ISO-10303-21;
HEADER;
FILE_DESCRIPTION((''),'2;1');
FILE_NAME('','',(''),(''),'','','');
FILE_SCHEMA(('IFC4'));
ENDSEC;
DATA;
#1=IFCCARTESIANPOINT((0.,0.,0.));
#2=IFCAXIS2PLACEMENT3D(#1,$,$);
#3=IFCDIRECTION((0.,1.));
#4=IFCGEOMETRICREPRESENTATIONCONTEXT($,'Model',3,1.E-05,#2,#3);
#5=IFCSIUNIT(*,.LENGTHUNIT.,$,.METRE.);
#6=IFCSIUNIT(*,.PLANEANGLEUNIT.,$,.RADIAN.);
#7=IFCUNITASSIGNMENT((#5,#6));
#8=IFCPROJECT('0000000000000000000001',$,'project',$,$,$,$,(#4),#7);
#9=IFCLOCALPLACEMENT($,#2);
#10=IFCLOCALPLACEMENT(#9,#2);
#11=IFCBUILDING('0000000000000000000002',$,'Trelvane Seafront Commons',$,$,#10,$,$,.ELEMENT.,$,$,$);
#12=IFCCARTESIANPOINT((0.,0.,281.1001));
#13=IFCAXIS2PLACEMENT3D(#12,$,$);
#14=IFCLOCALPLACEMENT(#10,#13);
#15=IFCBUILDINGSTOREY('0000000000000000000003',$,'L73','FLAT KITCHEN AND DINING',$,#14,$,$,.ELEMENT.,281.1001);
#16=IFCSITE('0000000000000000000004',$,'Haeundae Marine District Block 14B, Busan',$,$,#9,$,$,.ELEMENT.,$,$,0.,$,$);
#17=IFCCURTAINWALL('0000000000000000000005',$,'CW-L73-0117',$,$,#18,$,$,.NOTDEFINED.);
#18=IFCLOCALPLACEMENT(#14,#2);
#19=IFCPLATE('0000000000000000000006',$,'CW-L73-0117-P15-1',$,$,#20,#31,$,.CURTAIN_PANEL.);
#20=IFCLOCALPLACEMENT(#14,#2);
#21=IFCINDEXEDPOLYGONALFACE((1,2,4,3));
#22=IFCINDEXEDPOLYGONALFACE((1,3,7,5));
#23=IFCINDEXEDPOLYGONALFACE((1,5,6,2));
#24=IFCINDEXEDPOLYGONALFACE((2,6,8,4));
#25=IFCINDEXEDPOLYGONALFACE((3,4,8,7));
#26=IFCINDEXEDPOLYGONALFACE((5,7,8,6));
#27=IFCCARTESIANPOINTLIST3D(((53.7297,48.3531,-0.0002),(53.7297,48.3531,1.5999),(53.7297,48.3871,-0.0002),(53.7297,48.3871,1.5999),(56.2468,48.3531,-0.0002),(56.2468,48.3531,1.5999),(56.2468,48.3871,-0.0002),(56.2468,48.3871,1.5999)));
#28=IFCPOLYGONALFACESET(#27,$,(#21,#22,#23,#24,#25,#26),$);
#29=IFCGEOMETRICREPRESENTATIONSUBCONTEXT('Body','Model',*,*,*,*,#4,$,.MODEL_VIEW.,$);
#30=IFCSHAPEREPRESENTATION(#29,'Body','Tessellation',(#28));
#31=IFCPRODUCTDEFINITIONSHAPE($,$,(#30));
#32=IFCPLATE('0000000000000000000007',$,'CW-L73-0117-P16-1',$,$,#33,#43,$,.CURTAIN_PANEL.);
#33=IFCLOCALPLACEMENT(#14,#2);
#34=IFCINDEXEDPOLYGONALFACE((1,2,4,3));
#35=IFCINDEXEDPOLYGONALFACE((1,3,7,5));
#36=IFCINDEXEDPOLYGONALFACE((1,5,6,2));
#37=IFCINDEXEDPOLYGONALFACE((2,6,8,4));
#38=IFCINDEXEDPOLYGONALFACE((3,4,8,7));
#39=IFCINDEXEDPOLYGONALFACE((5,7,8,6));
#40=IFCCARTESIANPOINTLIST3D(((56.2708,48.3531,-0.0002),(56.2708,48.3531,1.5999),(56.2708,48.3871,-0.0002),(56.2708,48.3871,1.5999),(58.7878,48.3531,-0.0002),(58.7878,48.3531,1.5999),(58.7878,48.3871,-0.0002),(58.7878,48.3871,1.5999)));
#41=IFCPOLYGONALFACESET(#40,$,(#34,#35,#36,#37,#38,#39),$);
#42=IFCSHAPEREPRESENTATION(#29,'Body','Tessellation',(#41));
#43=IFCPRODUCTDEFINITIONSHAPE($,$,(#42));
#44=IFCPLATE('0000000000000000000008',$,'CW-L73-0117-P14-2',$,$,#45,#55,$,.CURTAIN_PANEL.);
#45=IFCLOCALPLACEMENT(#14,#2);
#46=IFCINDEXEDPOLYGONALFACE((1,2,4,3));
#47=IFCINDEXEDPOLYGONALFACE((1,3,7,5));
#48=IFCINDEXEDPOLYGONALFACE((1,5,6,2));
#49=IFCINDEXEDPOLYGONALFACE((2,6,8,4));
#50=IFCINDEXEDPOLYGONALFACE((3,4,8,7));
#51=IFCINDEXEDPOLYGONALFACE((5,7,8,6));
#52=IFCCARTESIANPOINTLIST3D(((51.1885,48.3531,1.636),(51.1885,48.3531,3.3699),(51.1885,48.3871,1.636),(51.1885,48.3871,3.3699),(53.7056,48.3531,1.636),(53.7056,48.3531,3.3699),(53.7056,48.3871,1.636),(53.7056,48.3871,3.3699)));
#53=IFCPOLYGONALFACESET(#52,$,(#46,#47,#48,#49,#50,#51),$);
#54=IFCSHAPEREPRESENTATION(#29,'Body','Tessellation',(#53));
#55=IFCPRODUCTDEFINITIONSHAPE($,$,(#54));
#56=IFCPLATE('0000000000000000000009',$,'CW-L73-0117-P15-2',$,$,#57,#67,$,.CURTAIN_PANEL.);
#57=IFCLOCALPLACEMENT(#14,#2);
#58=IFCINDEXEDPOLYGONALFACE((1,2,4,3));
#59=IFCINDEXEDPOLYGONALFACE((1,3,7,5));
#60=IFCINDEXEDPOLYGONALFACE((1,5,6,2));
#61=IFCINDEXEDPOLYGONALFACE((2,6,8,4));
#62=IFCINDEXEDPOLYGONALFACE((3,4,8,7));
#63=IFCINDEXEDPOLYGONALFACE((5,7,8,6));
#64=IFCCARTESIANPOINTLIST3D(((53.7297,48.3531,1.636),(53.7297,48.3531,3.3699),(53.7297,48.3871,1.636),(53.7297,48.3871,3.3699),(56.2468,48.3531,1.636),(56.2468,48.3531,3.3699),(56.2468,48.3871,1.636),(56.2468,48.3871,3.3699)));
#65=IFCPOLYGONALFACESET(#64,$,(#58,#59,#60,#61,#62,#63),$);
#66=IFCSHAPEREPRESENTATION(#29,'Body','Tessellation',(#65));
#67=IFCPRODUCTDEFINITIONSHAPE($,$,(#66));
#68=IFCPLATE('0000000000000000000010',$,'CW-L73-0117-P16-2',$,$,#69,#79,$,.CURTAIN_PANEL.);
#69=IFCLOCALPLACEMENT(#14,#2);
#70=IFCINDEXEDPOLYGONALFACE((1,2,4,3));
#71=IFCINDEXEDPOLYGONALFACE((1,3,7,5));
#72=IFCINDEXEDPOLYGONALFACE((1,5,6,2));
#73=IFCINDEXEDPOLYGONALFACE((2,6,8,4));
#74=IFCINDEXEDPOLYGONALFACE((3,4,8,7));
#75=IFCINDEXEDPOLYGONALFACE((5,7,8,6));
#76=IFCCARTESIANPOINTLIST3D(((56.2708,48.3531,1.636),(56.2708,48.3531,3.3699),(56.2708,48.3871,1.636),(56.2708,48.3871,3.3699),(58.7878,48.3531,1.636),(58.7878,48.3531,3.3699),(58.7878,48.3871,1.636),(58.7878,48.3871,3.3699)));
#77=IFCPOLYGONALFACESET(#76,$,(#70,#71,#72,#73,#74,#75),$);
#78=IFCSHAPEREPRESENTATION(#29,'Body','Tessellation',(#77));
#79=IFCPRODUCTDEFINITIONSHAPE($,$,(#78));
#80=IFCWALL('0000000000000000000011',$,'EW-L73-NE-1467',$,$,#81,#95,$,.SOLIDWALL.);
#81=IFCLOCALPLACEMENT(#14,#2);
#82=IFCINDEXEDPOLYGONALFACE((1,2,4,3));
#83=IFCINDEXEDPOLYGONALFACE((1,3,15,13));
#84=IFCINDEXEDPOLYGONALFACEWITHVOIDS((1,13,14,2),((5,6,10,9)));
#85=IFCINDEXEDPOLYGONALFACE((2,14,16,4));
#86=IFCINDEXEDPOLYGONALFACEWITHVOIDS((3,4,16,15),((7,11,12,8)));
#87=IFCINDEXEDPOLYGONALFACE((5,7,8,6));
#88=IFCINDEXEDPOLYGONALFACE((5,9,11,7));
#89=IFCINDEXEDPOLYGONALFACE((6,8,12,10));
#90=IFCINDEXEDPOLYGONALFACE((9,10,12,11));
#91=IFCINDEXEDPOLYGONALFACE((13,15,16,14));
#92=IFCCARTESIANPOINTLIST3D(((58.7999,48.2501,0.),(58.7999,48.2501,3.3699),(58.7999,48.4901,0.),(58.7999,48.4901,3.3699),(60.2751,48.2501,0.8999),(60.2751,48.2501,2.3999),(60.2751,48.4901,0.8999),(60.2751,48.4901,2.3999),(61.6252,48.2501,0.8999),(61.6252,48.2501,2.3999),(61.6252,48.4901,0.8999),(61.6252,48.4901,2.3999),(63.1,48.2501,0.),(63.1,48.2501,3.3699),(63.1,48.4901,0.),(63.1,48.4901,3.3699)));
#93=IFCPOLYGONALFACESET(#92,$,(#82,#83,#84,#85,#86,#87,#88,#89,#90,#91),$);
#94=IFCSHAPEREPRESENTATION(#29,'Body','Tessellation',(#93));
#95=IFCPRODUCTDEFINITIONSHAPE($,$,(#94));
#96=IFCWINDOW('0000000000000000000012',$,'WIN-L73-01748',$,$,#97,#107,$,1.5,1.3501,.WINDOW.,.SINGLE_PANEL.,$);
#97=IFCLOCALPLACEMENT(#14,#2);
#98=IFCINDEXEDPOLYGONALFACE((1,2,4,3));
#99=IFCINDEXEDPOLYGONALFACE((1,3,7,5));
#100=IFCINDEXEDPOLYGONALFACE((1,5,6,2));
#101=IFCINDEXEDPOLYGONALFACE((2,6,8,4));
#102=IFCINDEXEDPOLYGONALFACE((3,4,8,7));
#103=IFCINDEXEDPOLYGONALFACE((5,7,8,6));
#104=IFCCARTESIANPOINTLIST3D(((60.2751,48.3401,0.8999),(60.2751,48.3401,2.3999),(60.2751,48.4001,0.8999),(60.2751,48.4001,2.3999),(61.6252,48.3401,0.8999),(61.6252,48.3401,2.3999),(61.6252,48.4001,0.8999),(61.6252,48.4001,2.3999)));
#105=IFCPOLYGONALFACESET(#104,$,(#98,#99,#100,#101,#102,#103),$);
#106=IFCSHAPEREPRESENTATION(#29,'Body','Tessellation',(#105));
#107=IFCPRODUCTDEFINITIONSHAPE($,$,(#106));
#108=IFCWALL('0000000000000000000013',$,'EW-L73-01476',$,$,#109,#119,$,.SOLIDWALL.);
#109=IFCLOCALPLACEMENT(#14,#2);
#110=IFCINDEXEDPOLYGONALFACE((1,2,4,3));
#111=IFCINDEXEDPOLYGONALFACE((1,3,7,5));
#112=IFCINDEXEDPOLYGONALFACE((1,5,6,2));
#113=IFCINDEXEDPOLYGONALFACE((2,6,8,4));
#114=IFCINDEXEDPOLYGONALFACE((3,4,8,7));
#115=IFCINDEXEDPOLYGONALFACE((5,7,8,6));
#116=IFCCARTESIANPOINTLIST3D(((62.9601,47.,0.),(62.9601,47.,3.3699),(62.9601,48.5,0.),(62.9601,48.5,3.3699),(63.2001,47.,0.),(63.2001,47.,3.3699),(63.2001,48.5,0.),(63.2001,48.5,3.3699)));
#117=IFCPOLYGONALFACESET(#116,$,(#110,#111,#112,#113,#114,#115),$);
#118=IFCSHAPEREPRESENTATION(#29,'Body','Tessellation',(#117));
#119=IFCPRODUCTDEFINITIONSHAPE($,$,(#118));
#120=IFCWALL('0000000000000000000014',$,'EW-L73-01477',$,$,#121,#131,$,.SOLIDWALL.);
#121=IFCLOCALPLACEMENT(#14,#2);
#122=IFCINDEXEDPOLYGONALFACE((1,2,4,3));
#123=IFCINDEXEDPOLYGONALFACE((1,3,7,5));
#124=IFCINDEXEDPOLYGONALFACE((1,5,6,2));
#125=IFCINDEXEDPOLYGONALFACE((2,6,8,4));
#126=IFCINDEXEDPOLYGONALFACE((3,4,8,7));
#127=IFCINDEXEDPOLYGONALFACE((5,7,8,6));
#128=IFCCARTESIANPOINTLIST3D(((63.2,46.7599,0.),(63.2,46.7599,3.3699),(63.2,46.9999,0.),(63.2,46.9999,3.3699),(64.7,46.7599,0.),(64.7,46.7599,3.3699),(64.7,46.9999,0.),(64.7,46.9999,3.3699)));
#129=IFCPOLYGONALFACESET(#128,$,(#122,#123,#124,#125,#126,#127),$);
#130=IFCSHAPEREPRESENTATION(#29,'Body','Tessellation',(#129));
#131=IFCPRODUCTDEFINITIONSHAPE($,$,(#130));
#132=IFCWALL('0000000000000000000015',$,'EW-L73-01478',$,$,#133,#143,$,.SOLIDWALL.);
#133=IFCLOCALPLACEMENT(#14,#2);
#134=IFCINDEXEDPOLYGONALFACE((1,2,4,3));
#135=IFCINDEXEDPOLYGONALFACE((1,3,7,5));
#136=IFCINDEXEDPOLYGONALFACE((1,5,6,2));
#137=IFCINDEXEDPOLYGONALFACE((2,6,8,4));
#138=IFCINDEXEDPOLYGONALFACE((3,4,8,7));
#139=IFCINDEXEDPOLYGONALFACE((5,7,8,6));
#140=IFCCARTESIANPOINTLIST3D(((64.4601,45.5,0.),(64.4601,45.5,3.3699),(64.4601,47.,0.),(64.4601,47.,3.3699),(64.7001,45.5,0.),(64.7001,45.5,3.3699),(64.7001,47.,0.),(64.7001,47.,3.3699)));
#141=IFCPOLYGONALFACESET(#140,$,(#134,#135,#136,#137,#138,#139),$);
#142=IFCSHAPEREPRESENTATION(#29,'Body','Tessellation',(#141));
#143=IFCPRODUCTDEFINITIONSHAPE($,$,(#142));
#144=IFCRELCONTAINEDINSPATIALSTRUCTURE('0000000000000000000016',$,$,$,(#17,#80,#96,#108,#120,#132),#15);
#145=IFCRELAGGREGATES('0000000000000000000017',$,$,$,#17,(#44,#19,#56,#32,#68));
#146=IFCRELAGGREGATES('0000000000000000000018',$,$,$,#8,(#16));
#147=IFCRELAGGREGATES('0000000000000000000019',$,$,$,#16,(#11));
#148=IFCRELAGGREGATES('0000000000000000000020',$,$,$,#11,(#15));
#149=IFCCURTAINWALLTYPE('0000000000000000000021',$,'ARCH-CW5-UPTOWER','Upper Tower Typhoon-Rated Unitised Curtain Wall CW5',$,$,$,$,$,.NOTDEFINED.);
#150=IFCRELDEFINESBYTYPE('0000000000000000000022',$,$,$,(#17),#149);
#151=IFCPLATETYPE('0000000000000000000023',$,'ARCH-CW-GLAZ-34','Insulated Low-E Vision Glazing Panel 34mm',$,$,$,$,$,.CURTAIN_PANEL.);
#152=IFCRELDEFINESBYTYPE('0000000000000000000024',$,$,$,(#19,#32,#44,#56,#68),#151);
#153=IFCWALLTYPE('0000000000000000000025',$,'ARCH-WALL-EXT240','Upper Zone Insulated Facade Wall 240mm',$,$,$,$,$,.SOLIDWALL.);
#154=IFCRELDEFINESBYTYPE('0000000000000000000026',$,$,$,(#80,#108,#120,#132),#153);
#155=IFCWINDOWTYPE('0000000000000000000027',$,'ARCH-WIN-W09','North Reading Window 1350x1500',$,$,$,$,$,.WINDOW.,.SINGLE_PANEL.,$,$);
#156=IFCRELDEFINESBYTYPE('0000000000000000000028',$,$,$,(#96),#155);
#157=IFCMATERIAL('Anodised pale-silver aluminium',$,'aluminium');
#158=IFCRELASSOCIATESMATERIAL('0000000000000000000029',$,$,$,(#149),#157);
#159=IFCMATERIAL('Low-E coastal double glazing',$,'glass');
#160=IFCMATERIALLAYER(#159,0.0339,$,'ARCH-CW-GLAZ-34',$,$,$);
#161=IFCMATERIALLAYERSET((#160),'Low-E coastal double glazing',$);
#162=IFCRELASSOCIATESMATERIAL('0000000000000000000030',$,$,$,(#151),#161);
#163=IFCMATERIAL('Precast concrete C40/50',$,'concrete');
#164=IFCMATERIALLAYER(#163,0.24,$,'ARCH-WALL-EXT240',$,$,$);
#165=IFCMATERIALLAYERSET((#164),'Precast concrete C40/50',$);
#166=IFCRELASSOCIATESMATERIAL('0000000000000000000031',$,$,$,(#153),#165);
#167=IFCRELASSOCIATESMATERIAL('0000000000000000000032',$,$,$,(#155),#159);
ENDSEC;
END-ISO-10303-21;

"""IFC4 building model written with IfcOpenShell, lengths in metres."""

from ifc_helpers import new_model, si_unit, direction, frame, frame_2d, origin, origin_2d, place, context, subcontext, project, spatial, rectangle, extrude, source, transform, mapped, material, layer, layer_set, type_object, element, fill, aggregate, save


model = new_model("IFC4")

# Units and contexts
model_context = context("Model", 3, precision=1e-05, world=origin(), true_north=direction((0.0, 1.0)))
body_context = subcontext(model_context, "Body", "Model", "MODEL_VIEW")
ifc_project = project(units=[si_unit("LENGTHUNIT", "METRE"), si_unit("PLANEANGLEUNIT", "RADIAN")], contexts=[model_context])

# Site, building, storey
site_placement = place(None, origin())
site = spatial("IfcSite", under=ifc_project, at=site_placement, Name="Haeundae Marine District Block 14B, Busan", CompositionType="ELEMENT", RefElevation=0.0)
building_placement = place(site_placement, origin())
building = spatial("IfcBuilding", under=site, at=building_placement, Name="Trelvane Seafront Commons", CompositionType="ELEMENT")
storey_placement = place(building_placement, frame((0.0, 0.0, 281.1001)))
storey = spatial("IfcBuildingStorey", under=building, at=storey_placement, Name="L73", Description="FLAT KITCHEN AND DINING", CompositionType="ELEMENT", Elevation=281.1001)

# Curtain wall
ifc_material_1 = material(Name="Anodised pale-silver aluminium", Category="aluminium")
curtain_wall_type = type_object("IfcCurtainWallType", Name="ARCH-CW5-UPTOWER", Description="Upper Tower Typhoon-Rated Unitised Curtain Wall CW5", PredefinedType="NOTDEFINED", material=ifc_material_1)
curtain_wall_placement = place(storey_placement, origin())
curtain_wall = element("IfcCurtainWall", 1, at=curtain_wall_placement, inside=storey, type_object=curtain_wall_type, Name="CW-L73-0117", PredefinedType="NOTDEFINED")

# Plates
ifc_material_2 = material(Name="Low-E coastal double glazing", Category="glass")
ifc_layer_1 = layer(ifc_material_2, 0.0339, Name="ARCH-CW-GLAZ-34")
ifc_layer_set_1 = layer_set([ifc_layer_1], Name="Low-E coastal double glazing")
plate_type_1 = type_object("IfcPlateType", Name="ARCH-CW-GLAZ-34", Description="Insulated Low-E Vision Glazing Panel 34mm", PredefinedType="CURTAIN_PANEL", material=ifc_layer_set_1)
shared_shape_1 = source(origin(), body_context, "Body", "SweptSolid", [
    extrude(rectangle(XDim=2.5171, YDim=0.0339, at=origin_2d()), origin(), (0.0, 0.0, 1.0), 1.6001),
])
plate_1_placement = place(storey_placement, frame((54.9883, 48.3701, -0.0002), z_axis=(0.0, 0.0, 1.0), x_axis=(1.0, 0.0, 0.0)))
plate_1 = element("IfcPlate", 2, at=plate_1_placement, type_object=plate_type_1, Name="CW-L73-0117-P15-1", PredefinedType="CURTAIN_PANEL", context=body_context, shape_type="MappedRepresentation", body=[
    mapped(shared_shape_1, transform((0.0, 0.0, 0.0), x_axis=(1.0, 0.0, 0.0), y_axis=(0.0, 1.0, 0.0), z_axis=(0.0, 0.0, 1.0), scale=1.0)),
])
plate_2_placement = place(storey_placement, frame((57.5293, 48.3701, -0.0002), z_axis=(0.0, 0.0, 1.0), x_axis=(1.0, 0.0, 0.0)))
plate_2 = element("IfcPlate", 3, at=plate_2_placement, type_object=plate_type_1, Name="CW-L73-0117-P16-1", PredefinedType="CURTAIN_PANEL", context=body_context, shape_type="MappedRepresentation", body=[
    mapped(shared_shape_1, transform((0.0, 0.0, 0.0), x_axis=(1.0, 0.0, 0.0), y_axis=(0.0, 1.0, 0.0), z_axis=(0.0, 0.0, 1.0), scale=1.0)),
])
shared_shape_2 = source(origin(), body_context, "Body", "SweptSolid", [
    extrude(rectangle(XDim=2.5171, YDim=0.0339, at=origin_2d()), origin(), (0.0, 0.0, 1.0), 1.7339),
])
plate_3_placement = place(storey_placement, frame((52.447, 48.3701, 1.636), z_axis=(0.0, 0.0, 1.0), x_axis=(1.0, 0.0, 0.0)))
plate_3 = element("IfcPlate", 4, at=plate_3_placement, type_object=plate_type_1, Name="CW-L73-0117-P14-2", PredefinedType="CURTAIN_PANEL", context=body_context, shape_type="MappedRepresentation", body=[
    mapped(shared_shape_2, transform((0.0, 0.0, 0.0), x_axis=(1.0, 0.0, 0.0), y_axis=(0.0, 1.0, 0.0), z_axis=(0.0, 0.0, 1.0), scale=1.0)),
])
plate_4_placement = place(storey_placement, frame((54.9883, 48.3701, 1.636), z_axis=(0.0, 0.0, 1.0), x_axis=(1.0, 0.0, 0.0)))
plate_4 = element("IfcPlate", 5, at=plate_4_placement, type_object=plate_type_1, Name="CW-L73-0117-P15-2", PredefinedType="CURTAIN_PANEL", context=body_context, shape_type="MappedRepresentation", body=[
    mapped(shared_shape_2, transform((0.0, 0.0, 0.0), x_axis=(1.0, 0.0, 0.0), y_axis=(0.0, 1.0, 0.0), z_axis=(0.0, 0.0, 1.0), scale=1.0)),
])
plate_5_placement = place(storey_placement, frame((57.5293, 48.3701, 1.636), z_axis=(0.0, 0.0, 1.0), x_axis=(1.0, 0.0, 0.0)))
plate_5 = element("IfcPlate", 6, at=plate_5_placement, type_object=plate_type_1, Name="CW-L73-0117-P16-2", PredefinedType="CURTAIN_PANEL", context=body_context, shape_type="MappedRepresentation", body=[
    mapped(shared_shape_2, transform((0.0, 0.0, 0.0), x_axis=(1.0, 0.0, 0.0), y_axis=(0.0, 1.0, 0.0), z_axis=(0.0, 0.0, 1.0), scale=1.0)),
])
aggregate(curtain_wall, [plate_3, plate_1, plate_4, plate_2, plate_5])

# Wall, opening, window
ifc_material_3 = material(Name="Precast concrete C40/50", Category="concrete")
ifc_layer_2 = layer(ifc_material_3, 0.24, Name="ARCH-WALL-EXT240")
ifc_layer_set_2 = layer_set([ifc_layer_2], Name="Precast concrete C40/50")
wall_type = type_object("IfcWallType", Name="ARCH-WALL-EXT240", Description="Upper Zone Insulated Facade Wall 240mm", PredefinedType="SOLIDWALL", material=ifc_layer_set_2)
wall_1_placement = place(storey_placement, frame((58.8, 48.3701, 0.0), z_axis=(0.0, 0.0, 1.0), x_axis=(1.0, 0.0, 0.0)))
wall_1 = element("IfcWall", 7, at=wall_1_placement, inside=storey, type_object=wall_type, Name="EW-L73-NE-1467", PredefinedType="SOLIDWALL", context=body_context, shape_type="SweptSolid", body=[
    extrude(rectangle(XDim=4.3, YDim=0.24, at=frame_2d((2.1499, 0.0))), origin(), (0.0, 0.0, 1.0), 3.3699),
])
opening_1_placement = place(wall_1_placement, frame((1.4751, 0.0, 0.8999)))
opening_1 = element("IfcOpeningElement", 8, at=opening_1_placement, cuts=wall_1, PredefinedType="OPENING", context=body_context, shape_type="SweptSolid", body=[
    extrude(rectangle(XDim=1.3501, YDim=1.5, at=frame_2d((0.675, 0.75))), frame((0.0, 0.1299, 0.0), z_axis=(0.0, -1.0, 0.0), x_axis=(1.0, 0.0, 0.0)), (0.0, 0.0, 1.0), 0.26),
])
window_type_1 = type_object("IfcWindowType", Name="ARCH-WIN-W09", Description="North Reading Window 1350x1500", PartitioningType="SINGLE_PANEL", PredefinedType="WINDOW", material=ifc_material_2)
shared_shape_3 = source(origin(), body_context, "Body", "SweptSolid", [
    extrude(rectangle(XDim=1.3501, YDim=1.5, at=frame_2d((0.675, 0.75))), frame((0.0, 0.03, 0.0), z_axis=(0.0, -1.0, 0.0), x_axis=(1.0, 0.0, 0.0)), (0.0, 0.0, 1.0), 0.0601),
])
window_1_placement = place(opening_1_placement, origin())
window_1 = element("IfcWindow", 9, at=window_1_placement, inside=storey, type_object=window_type_1, Name="WIN-L73-01748", OverallHeight=1.5, OverallWidth=1.3501, PartitioningType="SINGLE_PANEL", PredefinedType="WINDOW", context=body_context, shape_type="MappedRepresentation", body=[
    mapped(shared_shape_3, transform((0.0, 0.0, 0.0), x_axis=(1.0, 0.0, 0.0), y_axis=(0.0, 1.0, 0.0), z_axis=(0.0, 0.0, 1.0), scale=1.0)),
])
fill(opening_1, window_1)

# Walls
for number, where, z_axis, x_axis, name in (
    (10, (63.0801, 48.5, 0.0), (0.0, 0.0, 1.0), (0.0, -1.0, 0.0), "EW-L73-01476"),
    (11, (63.2, 46.8799, 0.0), (0.0, 0.0, 1.0), (1.0, 0.0, 0.0), "EW-L73-01477"),
    (12, (64.5801, 47.0, 0.0), (0.0, 0.0, 1.0), (0.0, -1.0, 0.0), "EW-L73-01478"),
):
    element("IfcWall", number, at=place(storey_placement, frame(where, z_axis=z_axis, x_axis=x_axis)), inside=storey, type_object=wall_type, Name=name, PredefinedType="SOLIDWALL", context=body_context, shape_type="SweptSolid", body=[
        extrude(rectangle(XDim=1.5, YDim=0.24, at=frame_2d((0.75, 0.0))), origin(), (0.0, 0.0, 1.0), 3.3699),
    ])

save(model, "model.ifc")
